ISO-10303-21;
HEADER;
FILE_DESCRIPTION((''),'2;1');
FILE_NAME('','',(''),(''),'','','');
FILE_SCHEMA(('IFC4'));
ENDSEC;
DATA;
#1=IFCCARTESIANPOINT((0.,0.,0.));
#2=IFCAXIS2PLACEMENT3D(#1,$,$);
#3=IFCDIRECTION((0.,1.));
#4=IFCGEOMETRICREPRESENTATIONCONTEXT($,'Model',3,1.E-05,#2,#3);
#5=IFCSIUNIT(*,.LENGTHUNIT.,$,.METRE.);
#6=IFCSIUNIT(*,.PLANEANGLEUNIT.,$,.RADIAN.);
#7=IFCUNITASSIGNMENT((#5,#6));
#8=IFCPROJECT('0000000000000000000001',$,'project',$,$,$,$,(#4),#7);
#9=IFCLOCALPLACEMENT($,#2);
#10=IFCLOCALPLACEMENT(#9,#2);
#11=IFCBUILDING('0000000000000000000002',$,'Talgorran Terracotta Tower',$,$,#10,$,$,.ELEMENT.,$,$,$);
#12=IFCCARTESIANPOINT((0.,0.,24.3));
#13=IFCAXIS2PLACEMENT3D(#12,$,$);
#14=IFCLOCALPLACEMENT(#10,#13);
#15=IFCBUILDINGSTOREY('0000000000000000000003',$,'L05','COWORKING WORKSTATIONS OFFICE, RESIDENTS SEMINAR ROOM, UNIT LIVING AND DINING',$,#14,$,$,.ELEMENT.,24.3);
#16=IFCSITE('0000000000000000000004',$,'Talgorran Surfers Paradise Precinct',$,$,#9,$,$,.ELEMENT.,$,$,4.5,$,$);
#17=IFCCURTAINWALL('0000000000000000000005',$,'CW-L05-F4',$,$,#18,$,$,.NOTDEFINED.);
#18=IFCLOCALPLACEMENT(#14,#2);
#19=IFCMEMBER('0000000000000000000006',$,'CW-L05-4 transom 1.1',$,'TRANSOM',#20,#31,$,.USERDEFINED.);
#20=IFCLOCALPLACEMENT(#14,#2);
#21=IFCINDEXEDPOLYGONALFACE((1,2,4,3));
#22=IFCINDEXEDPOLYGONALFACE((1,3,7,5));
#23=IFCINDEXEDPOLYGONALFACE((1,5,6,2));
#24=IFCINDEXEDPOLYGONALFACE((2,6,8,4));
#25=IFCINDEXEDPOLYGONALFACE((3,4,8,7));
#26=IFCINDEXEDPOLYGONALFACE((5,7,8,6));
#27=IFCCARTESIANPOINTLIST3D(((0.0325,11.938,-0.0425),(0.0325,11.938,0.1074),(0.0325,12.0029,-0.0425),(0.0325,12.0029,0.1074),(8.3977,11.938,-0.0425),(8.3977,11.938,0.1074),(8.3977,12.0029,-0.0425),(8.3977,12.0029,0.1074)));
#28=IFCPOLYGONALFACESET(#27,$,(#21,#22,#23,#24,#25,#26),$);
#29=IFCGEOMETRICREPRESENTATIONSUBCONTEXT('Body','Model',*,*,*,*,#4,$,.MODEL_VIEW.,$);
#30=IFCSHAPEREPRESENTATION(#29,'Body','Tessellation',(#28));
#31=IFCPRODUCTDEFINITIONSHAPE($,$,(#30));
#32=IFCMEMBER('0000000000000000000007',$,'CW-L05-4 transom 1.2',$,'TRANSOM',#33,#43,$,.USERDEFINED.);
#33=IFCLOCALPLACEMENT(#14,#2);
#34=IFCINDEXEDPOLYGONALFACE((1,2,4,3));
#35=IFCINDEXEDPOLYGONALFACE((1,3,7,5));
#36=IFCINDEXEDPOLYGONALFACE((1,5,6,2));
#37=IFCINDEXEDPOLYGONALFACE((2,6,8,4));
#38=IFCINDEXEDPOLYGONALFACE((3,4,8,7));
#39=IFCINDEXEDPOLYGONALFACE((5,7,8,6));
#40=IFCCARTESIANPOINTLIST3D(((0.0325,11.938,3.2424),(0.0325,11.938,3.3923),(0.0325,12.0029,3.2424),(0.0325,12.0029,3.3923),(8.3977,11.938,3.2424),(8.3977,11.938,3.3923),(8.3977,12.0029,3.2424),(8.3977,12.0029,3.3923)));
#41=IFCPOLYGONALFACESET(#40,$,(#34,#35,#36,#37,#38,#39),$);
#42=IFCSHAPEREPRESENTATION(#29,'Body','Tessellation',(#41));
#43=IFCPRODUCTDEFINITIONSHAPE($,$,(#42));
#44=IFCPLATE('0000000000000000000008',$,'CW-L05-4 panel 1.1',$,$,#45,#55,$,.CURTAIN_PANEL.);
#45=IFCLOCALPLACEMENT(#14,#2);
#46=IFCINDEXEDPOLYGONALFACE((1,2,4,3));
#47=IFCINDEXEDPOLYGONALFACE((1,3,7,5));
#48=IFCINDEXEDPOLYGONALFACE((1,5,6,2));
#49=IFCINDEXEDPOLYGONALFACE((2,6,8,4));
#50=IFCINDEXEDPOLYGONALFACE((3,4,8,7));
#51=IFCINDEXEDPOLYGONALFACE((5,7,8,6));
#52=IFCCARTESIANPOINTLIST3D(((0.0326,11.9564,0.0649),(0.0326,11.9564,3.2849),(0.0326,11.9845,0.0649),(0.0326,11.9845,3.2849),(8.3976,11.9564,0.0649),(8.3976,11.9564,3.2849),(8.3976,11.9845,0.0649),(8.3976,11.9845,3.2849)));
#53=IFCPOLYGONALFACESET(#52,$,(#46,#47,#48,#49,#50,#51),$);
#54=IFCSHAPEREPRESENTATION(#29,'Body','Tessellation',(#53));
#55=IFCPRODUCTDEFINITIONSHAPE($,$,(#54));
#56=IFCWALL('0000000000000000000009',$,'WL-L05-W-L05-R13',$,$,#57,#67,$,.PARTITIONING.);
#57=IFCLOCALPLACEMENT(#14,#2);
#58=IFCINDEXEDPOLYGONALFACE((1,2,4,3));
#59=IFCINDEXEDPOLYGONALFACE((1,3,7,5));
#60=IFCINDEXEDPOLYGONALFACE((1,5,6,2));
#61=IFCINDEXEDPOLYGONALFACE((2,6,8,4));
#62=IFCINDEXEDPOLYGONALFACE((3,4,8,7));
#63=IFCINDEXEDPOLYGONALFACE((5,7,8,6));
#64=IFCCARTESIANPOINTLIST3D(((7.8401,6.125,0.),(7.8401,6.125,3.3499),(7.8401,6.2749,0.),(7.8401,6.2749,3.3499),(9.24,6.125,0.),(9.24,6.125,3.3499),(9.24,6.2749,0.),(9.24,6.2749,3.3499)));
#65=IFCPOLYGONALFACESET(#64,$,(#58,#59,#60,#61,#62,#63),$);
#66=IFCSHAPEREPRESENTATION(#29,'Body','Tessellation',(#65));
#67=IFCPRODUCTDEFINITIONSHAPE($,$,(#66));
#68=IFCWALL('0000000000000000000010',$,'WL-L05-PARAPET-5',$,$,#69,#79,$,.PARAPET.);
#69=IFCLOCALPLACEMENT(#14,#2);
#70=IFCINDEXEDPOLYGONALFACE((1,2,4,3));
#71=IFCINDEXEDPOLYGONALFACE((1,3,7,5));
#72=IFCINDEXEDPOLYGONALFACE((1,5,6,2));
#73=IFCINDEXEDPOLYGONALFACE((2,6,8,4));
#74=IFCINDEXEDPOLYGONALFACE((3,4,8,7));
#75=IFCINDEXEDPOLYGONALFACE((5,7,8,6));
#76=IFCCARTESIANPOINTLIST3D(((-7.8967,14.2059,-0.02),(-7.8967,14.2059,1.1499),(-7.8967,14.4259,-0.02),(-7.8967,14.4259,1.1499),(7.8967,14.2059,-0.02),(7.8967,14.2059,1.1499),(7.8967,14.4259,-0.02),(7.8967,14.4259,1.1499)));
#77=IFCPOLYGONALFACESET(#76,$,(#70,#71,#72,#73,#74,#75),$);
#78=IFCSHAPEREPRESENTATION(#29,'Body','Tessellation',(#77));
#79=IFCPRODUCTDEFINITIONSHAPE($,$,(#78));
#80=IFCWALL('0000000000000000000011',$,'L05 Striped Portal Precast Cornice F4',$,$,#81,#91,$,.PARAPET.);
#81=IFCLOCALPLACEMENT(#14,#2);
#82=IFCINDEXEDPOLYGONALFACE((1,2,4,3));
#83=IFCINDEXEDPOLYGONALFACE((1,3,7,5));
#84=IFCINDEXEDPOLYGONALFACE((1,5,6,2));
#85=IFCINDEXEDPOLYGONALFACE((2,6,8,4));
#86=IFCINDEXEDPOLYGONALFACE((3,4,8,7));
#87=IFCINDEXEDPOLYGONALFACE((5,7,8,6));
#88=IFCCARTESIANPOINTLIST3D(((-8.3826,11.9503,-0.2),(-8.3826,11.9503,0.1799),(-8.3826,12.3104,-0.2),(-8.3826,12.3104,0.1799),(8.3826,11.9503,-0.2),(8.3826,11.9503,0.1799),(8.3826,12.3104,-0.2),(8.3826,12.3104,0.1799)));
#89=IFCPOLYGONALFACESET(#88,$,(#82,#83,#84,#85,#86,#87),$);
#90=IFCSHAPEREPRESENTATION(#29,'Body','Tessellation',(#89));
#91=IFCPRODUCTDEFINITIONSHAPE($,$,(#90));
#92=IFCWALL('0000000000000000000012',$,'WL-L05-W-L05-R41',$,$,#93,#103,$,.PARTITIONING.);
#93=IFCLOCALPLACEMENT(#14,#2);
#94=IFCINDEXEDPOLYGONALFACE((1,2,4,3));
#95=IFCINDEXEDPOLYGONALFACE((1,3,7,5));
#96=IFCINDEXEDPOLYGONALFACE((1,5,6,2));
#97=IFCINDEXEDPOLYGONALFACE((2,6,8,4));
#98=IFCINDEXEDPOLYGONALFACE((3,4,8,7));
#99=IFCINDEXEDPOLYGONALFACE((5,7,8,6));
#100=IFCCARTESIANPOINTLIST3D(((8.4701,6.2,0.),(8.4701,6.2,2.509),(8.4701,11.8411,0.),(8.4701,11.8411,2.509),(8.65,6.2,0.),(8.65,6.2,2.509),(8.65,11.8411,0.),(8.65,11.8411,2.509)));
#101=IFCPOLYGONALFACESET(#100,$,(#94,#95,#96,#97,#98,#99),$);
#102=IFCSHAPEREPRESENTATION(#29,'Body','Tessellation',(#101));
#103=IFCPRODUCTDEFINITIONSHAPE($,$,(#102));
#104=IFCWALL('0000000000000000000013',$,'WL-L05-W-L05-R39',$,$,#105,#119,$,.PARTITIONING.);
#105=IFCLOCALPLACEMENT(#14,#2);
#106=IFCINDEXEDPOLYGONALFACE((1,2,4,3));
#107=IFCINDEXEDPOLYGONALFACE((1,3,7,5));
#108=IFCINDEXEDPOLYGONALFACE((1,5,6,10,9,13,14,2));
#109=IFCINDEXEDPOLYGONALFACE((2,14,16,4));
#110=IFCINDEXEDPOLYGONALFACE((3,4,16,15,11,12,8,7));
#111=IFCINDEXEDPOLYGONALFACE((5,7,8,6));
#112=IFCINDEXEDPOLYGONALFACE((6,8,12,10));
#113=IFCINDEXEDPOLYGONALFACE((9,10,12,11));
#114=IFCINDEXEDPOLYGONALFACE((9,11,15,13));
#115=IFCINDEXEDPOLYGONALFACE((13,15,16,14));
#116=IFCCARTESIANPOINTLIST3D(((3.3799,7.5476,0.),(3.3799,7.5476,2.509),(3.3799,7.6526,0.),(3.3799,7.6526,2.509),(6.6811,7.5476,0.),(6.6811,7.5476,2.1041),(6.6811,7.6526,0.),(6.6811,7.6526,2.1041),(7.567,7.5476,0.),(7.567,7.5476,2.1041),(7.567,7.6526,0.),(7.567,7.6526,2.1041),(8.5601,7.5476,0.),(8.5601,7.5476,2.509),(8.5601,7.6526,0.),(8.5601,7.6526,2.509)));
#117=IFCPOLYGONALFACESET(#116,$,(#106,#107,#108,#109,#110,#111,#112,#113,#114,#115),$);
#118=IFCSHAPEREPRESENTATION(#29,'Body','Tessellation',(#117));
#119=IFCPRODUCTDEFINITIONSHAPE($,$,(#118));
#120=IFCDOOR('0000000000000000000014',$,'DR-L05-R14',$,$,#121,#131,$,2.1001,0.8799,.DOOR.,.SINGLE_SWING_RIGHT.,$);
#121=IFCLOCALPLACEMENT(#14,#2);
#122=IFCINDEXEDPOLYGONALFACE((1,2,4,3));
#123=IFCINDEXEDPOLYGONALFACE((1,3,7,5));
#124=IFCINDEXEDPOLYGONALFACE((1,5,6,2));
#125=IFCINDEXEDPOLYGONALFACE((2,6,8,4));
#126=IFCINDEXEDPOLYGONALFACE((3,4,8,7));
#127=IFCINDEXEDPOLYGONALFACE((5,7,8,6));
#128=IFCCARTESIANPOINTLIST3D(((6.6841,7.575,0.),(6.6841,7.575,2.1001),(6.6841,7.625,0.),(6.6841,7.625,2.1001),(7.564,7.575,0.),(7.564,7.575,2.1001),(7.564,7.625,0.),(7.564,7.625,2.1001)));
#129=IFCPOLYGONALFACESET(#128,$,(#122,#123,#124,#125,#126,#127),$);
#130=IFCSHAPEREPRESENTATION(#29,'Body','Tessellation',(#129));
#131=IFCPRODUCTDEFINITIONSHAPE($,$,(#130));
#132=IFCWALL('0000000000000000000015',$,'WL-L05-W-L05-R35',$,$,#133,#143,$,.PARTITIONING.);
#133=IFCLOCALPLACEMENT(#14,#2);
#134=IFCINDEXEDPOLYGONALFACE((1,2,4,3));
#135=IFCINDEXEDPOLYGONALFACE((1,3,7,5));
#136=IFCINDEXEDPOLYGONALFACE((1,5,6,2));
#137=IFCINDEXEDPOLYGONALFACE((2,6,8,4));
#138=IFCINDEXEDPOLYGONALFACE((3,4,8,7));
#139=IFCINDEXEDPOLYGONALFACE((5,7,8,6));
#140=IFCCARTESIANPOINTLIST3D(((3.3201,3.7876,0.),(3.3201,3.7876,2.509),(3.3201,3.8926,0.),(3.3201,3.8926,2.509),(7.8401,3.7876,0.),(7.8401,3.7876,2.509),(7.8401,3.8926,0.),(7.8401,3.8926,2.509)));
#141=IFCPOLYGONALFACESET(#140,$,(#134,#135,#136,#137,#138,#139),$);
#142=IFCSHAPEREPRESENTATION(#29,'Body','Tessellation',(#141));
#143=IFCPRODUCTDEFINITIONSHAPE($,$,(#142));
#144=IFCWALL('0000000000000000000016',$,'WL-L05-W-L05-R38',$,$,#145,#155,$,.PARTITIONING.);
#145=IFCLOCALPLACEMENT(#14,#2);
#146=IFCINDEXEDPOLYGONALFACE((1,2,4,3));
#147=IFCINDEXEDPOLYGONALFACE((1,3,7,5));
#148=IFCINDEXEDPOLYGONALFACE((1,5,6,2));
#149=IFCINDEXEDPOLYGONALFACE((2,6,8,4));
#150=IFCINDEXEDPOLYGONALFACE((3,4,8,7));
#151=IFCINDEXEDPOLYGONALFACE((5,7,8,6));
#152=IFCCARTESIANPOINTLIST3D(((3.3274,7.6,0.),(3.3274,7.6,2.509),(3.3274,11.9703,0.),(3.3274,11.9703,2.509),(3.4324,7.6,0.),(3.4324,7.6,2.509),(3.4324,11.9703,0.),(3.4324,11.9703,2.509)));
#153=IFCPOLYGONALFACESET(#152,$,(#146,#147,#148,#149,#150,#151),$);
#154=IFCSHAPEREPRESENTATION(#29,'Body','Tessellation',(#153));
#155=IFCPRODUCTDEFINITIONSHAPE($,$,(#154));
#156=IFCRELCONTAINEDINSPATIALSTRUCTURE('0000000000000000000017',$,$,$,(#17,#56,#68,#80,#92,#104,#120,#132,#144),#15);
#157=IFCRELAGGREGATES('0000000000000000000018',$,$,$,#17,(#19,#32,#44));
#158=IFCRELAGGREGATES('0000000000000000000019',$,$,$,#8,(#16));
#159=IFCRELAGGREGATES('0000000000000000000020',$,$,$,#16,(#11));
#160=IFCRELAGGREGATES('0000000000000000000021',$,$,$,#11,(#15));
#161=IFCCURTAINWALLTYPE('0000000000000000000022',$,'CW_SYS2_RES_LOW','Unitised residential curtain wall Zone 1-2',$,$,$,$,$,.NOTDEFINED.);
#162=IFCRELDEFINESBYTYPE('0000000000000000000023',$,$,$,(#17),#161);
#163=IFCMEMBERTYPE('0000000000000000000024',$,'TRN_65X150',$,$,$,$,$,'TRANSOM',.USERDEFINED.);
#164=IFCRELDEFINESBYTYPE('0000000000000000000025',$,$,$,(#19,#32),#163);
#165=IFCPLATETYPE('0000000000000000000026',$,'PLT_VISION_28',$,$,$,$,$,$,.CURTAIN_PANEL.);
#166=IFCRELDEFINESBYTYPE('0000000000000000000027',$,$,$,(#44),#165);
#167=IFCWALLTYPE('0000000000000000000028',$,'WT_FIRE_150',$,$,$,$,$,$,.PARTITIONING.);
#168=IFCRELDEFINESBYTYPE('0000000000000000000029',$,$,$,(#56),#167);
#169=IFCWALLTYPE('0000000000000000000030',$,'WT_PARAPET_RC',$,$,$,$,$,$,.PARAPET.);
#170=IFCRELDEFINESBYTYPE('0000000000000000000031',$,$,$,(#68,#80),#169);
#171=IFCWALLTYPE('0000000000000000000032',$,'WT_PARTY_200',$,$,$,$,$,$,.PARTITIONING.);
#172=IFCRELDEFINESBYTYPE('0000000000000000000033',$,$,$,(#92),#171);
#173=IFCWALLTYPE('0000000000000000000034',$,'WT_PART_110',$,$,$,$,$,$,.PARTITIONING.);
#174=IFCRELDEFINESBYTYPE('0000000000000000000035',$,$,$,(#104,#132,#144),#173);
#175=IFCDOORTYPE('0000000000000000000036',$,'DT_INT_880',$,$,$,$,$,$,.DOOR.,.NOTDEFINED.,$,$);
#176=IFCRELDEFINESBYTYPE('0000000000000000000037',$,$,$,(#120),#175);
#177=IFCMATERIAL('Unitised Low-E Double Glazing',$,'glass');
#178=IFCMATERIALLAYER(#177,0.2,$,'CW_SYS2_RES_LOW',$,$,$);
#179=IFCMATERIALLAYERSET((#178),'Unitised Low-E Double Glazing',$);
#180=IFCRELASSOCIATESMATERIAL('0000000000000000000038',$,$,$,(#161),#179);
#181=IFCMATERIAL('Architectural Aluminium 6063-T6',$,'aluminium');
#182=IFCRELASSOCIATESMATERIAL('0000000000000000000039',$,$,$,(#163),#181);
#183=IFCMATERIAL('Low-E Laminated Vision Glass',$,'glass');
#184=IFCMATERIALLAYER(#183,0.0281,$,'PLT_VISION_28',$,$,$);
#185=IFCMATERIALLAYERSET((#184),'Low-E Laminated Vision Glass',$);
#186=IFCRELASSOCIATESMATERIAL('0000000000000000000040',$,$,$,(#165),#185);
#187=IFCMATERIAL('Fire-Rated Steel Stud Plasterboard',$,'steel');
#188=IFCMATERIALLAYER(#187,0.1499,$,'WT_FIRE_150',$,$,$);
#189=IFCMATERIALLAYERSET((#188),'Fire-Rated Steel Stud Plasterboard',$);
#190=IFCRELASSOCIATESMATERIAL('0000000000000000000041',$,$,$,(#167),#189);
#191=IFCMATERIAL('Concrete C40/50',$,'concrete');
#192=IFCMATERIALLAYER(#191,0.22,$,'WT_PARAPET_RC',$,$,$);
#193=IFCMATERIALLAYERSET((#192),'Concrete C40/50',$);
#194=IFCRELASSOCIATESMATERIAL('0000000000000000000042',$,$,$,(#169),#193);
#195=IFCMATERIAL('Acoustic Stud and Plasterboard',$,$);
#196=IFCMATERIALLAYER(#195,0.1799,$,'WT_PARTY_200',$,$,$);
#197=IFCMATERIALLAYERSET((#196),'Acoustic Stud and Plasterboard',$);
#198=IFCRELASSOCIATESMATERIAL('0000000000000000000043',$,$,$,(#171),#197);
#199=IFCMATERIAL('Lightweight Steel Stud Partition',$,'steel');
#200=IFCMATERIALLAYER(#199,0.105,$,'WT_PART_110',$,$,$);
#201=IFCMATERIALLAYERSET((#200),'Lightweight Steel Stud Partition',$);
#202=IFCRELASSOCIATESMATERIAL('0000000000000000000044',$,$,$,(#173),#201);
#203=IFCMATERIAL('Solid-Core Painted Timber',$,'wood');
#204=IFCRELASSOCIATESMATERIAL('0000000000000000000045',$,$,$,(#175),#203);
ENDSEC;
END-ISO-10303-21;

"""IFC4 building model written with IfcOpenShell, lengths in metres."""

from ifc_helpers import new_model, si_unit, direction, frame, frame_2d, origin, origin_2d, place, context, subcontext, project, spatial, rectangle, extrude, source, transform, mapped, material, layer, layer_set, material_profile, profile_set, type_object, type_shapes, element, fill, aggregate, save


model = new_model("IFC4")

# Units and contexts
model_context = context("Model", 3, precision=1e-05, world=origin(), true_north=direction((0.0, 1.0)))
body_context = subcontext(model_context, "Body", "Model", "MODEL_VIEW")
ifc_project = project(units=[si_unit("LENGTHUNIT", "METRE"), si_unit("PLANEANGLEUNIT", "RADIAN")], contexts=[model_context])

# Site, building, storey
site_placement = place(None, origin())
site = spatial("IfcSite", under=ifc_project, at=site_placement, Name="Talgorran Surfers Paradise Precinct", CompositionType="ELEMENT", RefElevation=4.5)
building_placement = place(site_placement, origin())
building = spatial("IfcBuilding", under=site, at=building_placement, Name="Talgorran Terracotta Tower", CompositionType="ELEMENT")
storey_placement = place(building_placement, frame((0.0, 0.0, 24.3)))
storey = spatial("IfcBuildingStorey", under=building, at=storey_placement, Name="L05", Description="COWORKING WORKSTATIONS OFFICE, RESIDENTS SEMINAR ROOM, UNIT LIVING AND DINING", CompositionType="ELEMENT", Elevation=24.3)

# Shared definitions
ifc_material_1 = material(Name="Unitised Low-E Double Glazing", Category="glass")
ifc_layer_1 = layer(ifc_material_1, 0.2, Name="CW_SYS2_RES_LOW")
ifc_layer_set_1 = layer_set([ifc_layer_1], Name="Unitised Low-E Double Glazing")
curtain_wall_type = type_object("IfcCurtainWallType", Name="CW_SYS2_RES_LOW", Description="Unitised residential curtain wall Zone 1-2", PredefinedType="NOTDEFINED", material=ifc_layer_set_1)
ifc_material_2 = material(Name="Architectural Aluminium 6063-T6", Category="aluminium")

# Curtain wall, members, plate
curtain_wall_1_placement = place(storey_placement, origin())
curtain_wall_1 = element("IfcCurtainWall", 1, at=curtain_wall_1_placement, inside=storey, type_object=curtain_wall_type, Name="CW-L05-F4", PredefinedType="NOTDEFINED")
ifc_material_profile_1 = material_profile(ifc_material_2, rectangle(XDim=0.0649, YDim=0.1499, at=origin_2d()), Name="CWT65X150")
ifc_profile_set_1 = profile_set([ifc_material_profile_1], Name="Architectural Aluminium 6063-T6")
member_type_1 = type_object("IfcMemberType", Name="TRN_65X150", ElementType="TRANSOM", PredefinedType="USERDEFINED", material=ifc_profile_set_1)
member_1_placement = place(storey_placement, frame((8.3977, 11.9705, 0.0325), z_axis=(-1.0, 0.0, 0.0), x_axis=(0.0, -1.0, 0.0)))
member_1 = element("IfcMember", 2, at=member_1_placement, type_object=member_type_1, Name="CW-L05-4 transom 1.1", ObjectType="TRANSOM", PredefinedType="USERDEFINED", context=body_context, shape_type="SweptSolid", body=[
    extrude(rectangle(XDim=0.0649, YDim=0.1499, at=origin_2d()), origin(), (0.0, 0.0, 1.0), 8.3652),
])
member_2_placement = place(storey_placement, frame((8.3977, 11.9705, 3.3174), z_axis=(-1.0, 0.0, 0.0), x_axis=(0.0, -1.0, 0.0)))
member_2 = element("IfcMember", 3, at=member_2_placement, type_object=member_type_1, Name="CW-L05-4 transom 1.2", ObjectType="TRANSOM", PredefinedType="USERDEFINED", context=body_context, shape_type="SweptSolid", body=[
    extrude(rectangle(XDim=0.0649, YDim=0.1499, at=origin_2d()), origin(), (0.0, 0.0, 1.0), 8.3652),
])
ifc_material_3 = material(Name="Low-E Laminated Vision Glass", Category="glass")
ifc_layer_2 = layer(ifc_material_3, 0.0281, Name="PLT_VISION_28")
ifc_layer_set_2 = layer_set([ifc_layer_2], Name="Low-E Laminated Vision Glass")
plate_type = type_object("IfcPlateType", Name="PLT_VISION_28", PredefinedType="CURTAIN_PANEL", material=ifc_layer_set_2)
shared_shape_1 = source(origin(), body_context, "Body", "SweptSolid", [
    extrude(rectangle(XDim=8.365, YDim=0.0281, at=origin_2d()), origin(), (0.0, 0.0, 1.0), 3.22),
])
type_shapes(plate_type, [shared_shape_1])
plate_placement = place(storey_placement, frame((4.2151, 11.9705, 0.0649), z_axis=(0.0, 0.0, 1.0), x_axis=(-1.0, 0.0, 0.0)))
plate = element("IfcPlate", 4, at=plate_placement, type_object=plate_type, Name="CW-L05-4 panel 1.1", PredefinedType="CURTAIN_PANEL", context=body_context, shape_type="MappedRepresentation", body=[
    mapped(shared_shape_1, transform((0.0, 0.0, 0.0), scale=1.0)),
])
aggregate(curtain_wall_1, [member_1, member_2, plate])

# Walls
ifc_material_4 = material(Name="Fire-Rated Steel Stud Plasterboard", Category="steel")
ifc_layer_3 = layer(ifc_material_4, 0.1499, Name="WT_FIRE_150")
ifc_layer_set_3 = layer_set([ifc_layer_3], Name="Fire-Rated Steel Stud Plasterboard")
wall_type_1 = type_object("IfcWallType", Name="WT_FIRE_150", PredefinedType="PARTITIONING", material=ifc_layer_set_3)
wall_1_placement = place(storey_placement, frame((7.8401, 6.2, 0.0), z_axis=(0.0, 0.0, 1.0), x_axis=(1.0, 0.0, 0.0)))
element("IfcWall", 5, at=wall_1_placement, inside=storey, type_object=wall_type_1, Name="WL-L05-W-L05-R13", PredefinedType="PARTITIONING", context=body_context, shape_type="SweptSolid", body=[
    extrude(rectangle(XDim=1.3999, YDim=0.1499, at=frame_2d((0.7, 0.0))), origin(), (0.0, 0.0, 1.0), 3.3499),
])
ifc_material_5 = material(Name="Concrete C40/50", Category="concrete")
ifc_layer_4 = layer(ifc_material_5, 0.22, Name="WT_PARAPET_RC")
ifc_layer_set_4 = layer_set([ifc_layer_4], Name="Concrete C40/50")
wall_type_2 = type_object("IfcWallType", Name="WT_PARAPET_RC", PredefinedType="PARAPET", material=ifc_layer_set_4)
wall_2_placement = place(storey_placement, frame((7.8967, 14.3159, -0.02), z_axis=(0.0, 0.0, 1.0), x_axis=(-1.0, 0.0, 0.0)))
element("IfcWall", 6, at=wall_2_placement, inside=storey, type_object=wall_type_2, Name="WL-L05-PARAPET-5", PredefinedType="PARAPET", context=body_context, shape_type="SweptSolid", body=[
    extrude(rectangle(XDim=15.7935, YDim=0.22, at=frame_2d((7.8967, 0.0))), origin(), (0.0, 0.0, 1.0), 1.1699),
])
wall_3_placement = place(storey_placement, frame((8.3826, 12.1304, -0.2), z_axis=(0.0, 0.0, 1.0), x_axis=(-1.0, 0.0, 0.0)))
element("IfcWall", 7, at=wall_3_placement, inside=storey, type_object=wall_type_2, Name="L05 Striped Portal Precast Cornice F4", PredefinedType="PARAPET", context=body_context, shape_type="SweptSolid", body=[
    extrude(rectangle(XDim=16.7651, YDim=0.3601, at=frame_2d((8.3826, 0.0))), origin(), (0.0, 0.0, 1.0), 0.3799),
])
ifc_material_6 = material(Name="Acoustic Stud and Plasterboard")
ifc_layer_5 = layer(ifc_material_6, 0.1799, Name="WT_PARTY_200")
ifc_layer_set_5 = layer_set([ifc_layer_5], Name="Acoustic Stud and Plasterboard")
wall_type_3 = type_object("IfcWallType", Name="WT_PARTY_200", PredefinedType="PARTITIONING", material=ifc_layer_set_5)
wall_4_placement = place(storey_placement, frame((8.5601, 6.2, 0.0), z_axis=(0.0, 0.0, 1.0), x_axis=(0.0, 1.0, 0.0)))
element("IfcWall", 8, at=wall_4_placement, inside=storey, type_object=wall_type_3, Name="WL-L05-W-L05-R41", PredefinedType="PARTITIONING", context=body_context, shape_type="SweptSolid", body=[
    extrude(rectangle(XDim=5.6411, YDim=0.1799, at=frame_2d((2.8206, 0.0))), origin(), (0.0, 0.0, 1.0), 2.509),
])

# Wall, opening, door
ifc_material_7 = material(Name="Lightweight Steel Stud Partition", Category="steel")
ifc_layer_6 = layer(ifc_material_7, 0.105, Name="WT_PART_110")
ifc_layer_set_6 = layer_set([ifc_layer_6], Name="Lightweight Steel Stud Partition")
wall_type_4 = type_object("IfcWallType", Name="WT_PART_110", PredefinedType="PARTITIONING", material=ifc_layer_set_6)
wall_5_placement = place(storey_placement, frame((3.3799, 7.6001, 0.0), z_axis=(0.0, 0.0, 1.0), x_axis=(1.0, 0.0, 0.0)))
wall_5 = element("IfcWall", 9, at=wall_5_placement, inside=storey, type_object=wall_type_4, Name="WL-L05-W-L05-R39", PredefinedType="PARTITIONING", context=body_context, shape_type="SweptSolid", body=[
    extrude(rectangle(XDim=5.1802, YDim=0.105, at=frame_2d((2.5901, 0.0))), origin(), (0.0, 0.0, 1.0), 2.509),
])
opening_1_placement = place(wall_5_placement, frame((3.3042, 0.0, 0.0)))
opening_1 = element("IfcOpeningElement", 10, at=opening_1_placement, cuts=wall_5, PredefinedType="OPENING", context=body_context, shape_type="SweptSolid", body=[
    extrude(rectangle(XDim=0.8859, YDim=2.1041, at=frame_2d((0.4399, 1.052))), frame((0.0, 0.0625, 0.0), z_axis=(0.0, -1.0, 0.0), x_axis=(1.0, 0.0, 0.0)), (0.0, 0.0, 1.0), 0.125),
])
ifc_material_8 = material(Name="Solid-Core Painted Timber", Category="wood")
door_type = type_object("IfcDoorType", Name="DT_INT_880", OperationType="NOTDEFINED", PredefinedType="DOOR", material=ifc_material_8)
door_1_placement = place(opening_1_placement, origin())
door_1 = element("IfcDoor", 11, at=door_1_placement, inside=storey, type_object=door_type, Name="DR-L05-R14", OperationType="SINGLE_SWING_RIGHT", OverallHeight=2.1001, OverallWidth=0.8799, PredefinedType="DOOR", context=body_context, shape_type="SweptSolid", body=[
    extrude(rectangle(XDim=0.8799, YDim=2.1001, at=frame_2d((0.4399, 1.05))), frame((0.0, 0.0249, 0.0), z_axis=(0.0, -1.0, 0.0), x_axis=(1.0, 0.0, 0.0)), (0.0, 0.0, 1.0), 0.05),
])
fill(opening_1, door_1)

# Walls
wall_6_placement = place(storey_placement, frame((3.3201, 3.8401, 0.0), z_axis=(0.0, 0.0, 1.0), x_axis=(1.0, 0.0, 0.0)))
element("IfcWall", 12, at=wall_6_placement, inside=storey, type_object=wall_type_4, Name="WL-L05-W-L05-R35", PredefinedType="PARTITIONING", context=body_context, shape_type="SweptSolid", body=[
    extrude(rectangle(XDim=4.52, YDim=0.105, at=frame_2d((2.26, 0.0))), origin(), (0.0, 0.0, 1.0), 2.509),
])
wall_7_placement = place(storey_placement, frame((3.3799, 7.6001, 0.0), z_axis=(0.0, 0.0, 1.0), x_axis=(0.0, 1.0, 0.0)))
element("IfcWall", 13, at=wall_7_placement, inside=storey, type_object=wall_type_4, Name="WL-L05-W-L05-R38", PredefinedType="PARTITIONING", context=body_context, shape_type="SweptSolid", body=[
    extrude(rectangle(XDim=4.3704, YDim=0.105, at=frame_2d((2.1851, 0.0))), origin(), (0.0, 0.0, 1.0), 2.509),
])

save(model, "model.ifc")
